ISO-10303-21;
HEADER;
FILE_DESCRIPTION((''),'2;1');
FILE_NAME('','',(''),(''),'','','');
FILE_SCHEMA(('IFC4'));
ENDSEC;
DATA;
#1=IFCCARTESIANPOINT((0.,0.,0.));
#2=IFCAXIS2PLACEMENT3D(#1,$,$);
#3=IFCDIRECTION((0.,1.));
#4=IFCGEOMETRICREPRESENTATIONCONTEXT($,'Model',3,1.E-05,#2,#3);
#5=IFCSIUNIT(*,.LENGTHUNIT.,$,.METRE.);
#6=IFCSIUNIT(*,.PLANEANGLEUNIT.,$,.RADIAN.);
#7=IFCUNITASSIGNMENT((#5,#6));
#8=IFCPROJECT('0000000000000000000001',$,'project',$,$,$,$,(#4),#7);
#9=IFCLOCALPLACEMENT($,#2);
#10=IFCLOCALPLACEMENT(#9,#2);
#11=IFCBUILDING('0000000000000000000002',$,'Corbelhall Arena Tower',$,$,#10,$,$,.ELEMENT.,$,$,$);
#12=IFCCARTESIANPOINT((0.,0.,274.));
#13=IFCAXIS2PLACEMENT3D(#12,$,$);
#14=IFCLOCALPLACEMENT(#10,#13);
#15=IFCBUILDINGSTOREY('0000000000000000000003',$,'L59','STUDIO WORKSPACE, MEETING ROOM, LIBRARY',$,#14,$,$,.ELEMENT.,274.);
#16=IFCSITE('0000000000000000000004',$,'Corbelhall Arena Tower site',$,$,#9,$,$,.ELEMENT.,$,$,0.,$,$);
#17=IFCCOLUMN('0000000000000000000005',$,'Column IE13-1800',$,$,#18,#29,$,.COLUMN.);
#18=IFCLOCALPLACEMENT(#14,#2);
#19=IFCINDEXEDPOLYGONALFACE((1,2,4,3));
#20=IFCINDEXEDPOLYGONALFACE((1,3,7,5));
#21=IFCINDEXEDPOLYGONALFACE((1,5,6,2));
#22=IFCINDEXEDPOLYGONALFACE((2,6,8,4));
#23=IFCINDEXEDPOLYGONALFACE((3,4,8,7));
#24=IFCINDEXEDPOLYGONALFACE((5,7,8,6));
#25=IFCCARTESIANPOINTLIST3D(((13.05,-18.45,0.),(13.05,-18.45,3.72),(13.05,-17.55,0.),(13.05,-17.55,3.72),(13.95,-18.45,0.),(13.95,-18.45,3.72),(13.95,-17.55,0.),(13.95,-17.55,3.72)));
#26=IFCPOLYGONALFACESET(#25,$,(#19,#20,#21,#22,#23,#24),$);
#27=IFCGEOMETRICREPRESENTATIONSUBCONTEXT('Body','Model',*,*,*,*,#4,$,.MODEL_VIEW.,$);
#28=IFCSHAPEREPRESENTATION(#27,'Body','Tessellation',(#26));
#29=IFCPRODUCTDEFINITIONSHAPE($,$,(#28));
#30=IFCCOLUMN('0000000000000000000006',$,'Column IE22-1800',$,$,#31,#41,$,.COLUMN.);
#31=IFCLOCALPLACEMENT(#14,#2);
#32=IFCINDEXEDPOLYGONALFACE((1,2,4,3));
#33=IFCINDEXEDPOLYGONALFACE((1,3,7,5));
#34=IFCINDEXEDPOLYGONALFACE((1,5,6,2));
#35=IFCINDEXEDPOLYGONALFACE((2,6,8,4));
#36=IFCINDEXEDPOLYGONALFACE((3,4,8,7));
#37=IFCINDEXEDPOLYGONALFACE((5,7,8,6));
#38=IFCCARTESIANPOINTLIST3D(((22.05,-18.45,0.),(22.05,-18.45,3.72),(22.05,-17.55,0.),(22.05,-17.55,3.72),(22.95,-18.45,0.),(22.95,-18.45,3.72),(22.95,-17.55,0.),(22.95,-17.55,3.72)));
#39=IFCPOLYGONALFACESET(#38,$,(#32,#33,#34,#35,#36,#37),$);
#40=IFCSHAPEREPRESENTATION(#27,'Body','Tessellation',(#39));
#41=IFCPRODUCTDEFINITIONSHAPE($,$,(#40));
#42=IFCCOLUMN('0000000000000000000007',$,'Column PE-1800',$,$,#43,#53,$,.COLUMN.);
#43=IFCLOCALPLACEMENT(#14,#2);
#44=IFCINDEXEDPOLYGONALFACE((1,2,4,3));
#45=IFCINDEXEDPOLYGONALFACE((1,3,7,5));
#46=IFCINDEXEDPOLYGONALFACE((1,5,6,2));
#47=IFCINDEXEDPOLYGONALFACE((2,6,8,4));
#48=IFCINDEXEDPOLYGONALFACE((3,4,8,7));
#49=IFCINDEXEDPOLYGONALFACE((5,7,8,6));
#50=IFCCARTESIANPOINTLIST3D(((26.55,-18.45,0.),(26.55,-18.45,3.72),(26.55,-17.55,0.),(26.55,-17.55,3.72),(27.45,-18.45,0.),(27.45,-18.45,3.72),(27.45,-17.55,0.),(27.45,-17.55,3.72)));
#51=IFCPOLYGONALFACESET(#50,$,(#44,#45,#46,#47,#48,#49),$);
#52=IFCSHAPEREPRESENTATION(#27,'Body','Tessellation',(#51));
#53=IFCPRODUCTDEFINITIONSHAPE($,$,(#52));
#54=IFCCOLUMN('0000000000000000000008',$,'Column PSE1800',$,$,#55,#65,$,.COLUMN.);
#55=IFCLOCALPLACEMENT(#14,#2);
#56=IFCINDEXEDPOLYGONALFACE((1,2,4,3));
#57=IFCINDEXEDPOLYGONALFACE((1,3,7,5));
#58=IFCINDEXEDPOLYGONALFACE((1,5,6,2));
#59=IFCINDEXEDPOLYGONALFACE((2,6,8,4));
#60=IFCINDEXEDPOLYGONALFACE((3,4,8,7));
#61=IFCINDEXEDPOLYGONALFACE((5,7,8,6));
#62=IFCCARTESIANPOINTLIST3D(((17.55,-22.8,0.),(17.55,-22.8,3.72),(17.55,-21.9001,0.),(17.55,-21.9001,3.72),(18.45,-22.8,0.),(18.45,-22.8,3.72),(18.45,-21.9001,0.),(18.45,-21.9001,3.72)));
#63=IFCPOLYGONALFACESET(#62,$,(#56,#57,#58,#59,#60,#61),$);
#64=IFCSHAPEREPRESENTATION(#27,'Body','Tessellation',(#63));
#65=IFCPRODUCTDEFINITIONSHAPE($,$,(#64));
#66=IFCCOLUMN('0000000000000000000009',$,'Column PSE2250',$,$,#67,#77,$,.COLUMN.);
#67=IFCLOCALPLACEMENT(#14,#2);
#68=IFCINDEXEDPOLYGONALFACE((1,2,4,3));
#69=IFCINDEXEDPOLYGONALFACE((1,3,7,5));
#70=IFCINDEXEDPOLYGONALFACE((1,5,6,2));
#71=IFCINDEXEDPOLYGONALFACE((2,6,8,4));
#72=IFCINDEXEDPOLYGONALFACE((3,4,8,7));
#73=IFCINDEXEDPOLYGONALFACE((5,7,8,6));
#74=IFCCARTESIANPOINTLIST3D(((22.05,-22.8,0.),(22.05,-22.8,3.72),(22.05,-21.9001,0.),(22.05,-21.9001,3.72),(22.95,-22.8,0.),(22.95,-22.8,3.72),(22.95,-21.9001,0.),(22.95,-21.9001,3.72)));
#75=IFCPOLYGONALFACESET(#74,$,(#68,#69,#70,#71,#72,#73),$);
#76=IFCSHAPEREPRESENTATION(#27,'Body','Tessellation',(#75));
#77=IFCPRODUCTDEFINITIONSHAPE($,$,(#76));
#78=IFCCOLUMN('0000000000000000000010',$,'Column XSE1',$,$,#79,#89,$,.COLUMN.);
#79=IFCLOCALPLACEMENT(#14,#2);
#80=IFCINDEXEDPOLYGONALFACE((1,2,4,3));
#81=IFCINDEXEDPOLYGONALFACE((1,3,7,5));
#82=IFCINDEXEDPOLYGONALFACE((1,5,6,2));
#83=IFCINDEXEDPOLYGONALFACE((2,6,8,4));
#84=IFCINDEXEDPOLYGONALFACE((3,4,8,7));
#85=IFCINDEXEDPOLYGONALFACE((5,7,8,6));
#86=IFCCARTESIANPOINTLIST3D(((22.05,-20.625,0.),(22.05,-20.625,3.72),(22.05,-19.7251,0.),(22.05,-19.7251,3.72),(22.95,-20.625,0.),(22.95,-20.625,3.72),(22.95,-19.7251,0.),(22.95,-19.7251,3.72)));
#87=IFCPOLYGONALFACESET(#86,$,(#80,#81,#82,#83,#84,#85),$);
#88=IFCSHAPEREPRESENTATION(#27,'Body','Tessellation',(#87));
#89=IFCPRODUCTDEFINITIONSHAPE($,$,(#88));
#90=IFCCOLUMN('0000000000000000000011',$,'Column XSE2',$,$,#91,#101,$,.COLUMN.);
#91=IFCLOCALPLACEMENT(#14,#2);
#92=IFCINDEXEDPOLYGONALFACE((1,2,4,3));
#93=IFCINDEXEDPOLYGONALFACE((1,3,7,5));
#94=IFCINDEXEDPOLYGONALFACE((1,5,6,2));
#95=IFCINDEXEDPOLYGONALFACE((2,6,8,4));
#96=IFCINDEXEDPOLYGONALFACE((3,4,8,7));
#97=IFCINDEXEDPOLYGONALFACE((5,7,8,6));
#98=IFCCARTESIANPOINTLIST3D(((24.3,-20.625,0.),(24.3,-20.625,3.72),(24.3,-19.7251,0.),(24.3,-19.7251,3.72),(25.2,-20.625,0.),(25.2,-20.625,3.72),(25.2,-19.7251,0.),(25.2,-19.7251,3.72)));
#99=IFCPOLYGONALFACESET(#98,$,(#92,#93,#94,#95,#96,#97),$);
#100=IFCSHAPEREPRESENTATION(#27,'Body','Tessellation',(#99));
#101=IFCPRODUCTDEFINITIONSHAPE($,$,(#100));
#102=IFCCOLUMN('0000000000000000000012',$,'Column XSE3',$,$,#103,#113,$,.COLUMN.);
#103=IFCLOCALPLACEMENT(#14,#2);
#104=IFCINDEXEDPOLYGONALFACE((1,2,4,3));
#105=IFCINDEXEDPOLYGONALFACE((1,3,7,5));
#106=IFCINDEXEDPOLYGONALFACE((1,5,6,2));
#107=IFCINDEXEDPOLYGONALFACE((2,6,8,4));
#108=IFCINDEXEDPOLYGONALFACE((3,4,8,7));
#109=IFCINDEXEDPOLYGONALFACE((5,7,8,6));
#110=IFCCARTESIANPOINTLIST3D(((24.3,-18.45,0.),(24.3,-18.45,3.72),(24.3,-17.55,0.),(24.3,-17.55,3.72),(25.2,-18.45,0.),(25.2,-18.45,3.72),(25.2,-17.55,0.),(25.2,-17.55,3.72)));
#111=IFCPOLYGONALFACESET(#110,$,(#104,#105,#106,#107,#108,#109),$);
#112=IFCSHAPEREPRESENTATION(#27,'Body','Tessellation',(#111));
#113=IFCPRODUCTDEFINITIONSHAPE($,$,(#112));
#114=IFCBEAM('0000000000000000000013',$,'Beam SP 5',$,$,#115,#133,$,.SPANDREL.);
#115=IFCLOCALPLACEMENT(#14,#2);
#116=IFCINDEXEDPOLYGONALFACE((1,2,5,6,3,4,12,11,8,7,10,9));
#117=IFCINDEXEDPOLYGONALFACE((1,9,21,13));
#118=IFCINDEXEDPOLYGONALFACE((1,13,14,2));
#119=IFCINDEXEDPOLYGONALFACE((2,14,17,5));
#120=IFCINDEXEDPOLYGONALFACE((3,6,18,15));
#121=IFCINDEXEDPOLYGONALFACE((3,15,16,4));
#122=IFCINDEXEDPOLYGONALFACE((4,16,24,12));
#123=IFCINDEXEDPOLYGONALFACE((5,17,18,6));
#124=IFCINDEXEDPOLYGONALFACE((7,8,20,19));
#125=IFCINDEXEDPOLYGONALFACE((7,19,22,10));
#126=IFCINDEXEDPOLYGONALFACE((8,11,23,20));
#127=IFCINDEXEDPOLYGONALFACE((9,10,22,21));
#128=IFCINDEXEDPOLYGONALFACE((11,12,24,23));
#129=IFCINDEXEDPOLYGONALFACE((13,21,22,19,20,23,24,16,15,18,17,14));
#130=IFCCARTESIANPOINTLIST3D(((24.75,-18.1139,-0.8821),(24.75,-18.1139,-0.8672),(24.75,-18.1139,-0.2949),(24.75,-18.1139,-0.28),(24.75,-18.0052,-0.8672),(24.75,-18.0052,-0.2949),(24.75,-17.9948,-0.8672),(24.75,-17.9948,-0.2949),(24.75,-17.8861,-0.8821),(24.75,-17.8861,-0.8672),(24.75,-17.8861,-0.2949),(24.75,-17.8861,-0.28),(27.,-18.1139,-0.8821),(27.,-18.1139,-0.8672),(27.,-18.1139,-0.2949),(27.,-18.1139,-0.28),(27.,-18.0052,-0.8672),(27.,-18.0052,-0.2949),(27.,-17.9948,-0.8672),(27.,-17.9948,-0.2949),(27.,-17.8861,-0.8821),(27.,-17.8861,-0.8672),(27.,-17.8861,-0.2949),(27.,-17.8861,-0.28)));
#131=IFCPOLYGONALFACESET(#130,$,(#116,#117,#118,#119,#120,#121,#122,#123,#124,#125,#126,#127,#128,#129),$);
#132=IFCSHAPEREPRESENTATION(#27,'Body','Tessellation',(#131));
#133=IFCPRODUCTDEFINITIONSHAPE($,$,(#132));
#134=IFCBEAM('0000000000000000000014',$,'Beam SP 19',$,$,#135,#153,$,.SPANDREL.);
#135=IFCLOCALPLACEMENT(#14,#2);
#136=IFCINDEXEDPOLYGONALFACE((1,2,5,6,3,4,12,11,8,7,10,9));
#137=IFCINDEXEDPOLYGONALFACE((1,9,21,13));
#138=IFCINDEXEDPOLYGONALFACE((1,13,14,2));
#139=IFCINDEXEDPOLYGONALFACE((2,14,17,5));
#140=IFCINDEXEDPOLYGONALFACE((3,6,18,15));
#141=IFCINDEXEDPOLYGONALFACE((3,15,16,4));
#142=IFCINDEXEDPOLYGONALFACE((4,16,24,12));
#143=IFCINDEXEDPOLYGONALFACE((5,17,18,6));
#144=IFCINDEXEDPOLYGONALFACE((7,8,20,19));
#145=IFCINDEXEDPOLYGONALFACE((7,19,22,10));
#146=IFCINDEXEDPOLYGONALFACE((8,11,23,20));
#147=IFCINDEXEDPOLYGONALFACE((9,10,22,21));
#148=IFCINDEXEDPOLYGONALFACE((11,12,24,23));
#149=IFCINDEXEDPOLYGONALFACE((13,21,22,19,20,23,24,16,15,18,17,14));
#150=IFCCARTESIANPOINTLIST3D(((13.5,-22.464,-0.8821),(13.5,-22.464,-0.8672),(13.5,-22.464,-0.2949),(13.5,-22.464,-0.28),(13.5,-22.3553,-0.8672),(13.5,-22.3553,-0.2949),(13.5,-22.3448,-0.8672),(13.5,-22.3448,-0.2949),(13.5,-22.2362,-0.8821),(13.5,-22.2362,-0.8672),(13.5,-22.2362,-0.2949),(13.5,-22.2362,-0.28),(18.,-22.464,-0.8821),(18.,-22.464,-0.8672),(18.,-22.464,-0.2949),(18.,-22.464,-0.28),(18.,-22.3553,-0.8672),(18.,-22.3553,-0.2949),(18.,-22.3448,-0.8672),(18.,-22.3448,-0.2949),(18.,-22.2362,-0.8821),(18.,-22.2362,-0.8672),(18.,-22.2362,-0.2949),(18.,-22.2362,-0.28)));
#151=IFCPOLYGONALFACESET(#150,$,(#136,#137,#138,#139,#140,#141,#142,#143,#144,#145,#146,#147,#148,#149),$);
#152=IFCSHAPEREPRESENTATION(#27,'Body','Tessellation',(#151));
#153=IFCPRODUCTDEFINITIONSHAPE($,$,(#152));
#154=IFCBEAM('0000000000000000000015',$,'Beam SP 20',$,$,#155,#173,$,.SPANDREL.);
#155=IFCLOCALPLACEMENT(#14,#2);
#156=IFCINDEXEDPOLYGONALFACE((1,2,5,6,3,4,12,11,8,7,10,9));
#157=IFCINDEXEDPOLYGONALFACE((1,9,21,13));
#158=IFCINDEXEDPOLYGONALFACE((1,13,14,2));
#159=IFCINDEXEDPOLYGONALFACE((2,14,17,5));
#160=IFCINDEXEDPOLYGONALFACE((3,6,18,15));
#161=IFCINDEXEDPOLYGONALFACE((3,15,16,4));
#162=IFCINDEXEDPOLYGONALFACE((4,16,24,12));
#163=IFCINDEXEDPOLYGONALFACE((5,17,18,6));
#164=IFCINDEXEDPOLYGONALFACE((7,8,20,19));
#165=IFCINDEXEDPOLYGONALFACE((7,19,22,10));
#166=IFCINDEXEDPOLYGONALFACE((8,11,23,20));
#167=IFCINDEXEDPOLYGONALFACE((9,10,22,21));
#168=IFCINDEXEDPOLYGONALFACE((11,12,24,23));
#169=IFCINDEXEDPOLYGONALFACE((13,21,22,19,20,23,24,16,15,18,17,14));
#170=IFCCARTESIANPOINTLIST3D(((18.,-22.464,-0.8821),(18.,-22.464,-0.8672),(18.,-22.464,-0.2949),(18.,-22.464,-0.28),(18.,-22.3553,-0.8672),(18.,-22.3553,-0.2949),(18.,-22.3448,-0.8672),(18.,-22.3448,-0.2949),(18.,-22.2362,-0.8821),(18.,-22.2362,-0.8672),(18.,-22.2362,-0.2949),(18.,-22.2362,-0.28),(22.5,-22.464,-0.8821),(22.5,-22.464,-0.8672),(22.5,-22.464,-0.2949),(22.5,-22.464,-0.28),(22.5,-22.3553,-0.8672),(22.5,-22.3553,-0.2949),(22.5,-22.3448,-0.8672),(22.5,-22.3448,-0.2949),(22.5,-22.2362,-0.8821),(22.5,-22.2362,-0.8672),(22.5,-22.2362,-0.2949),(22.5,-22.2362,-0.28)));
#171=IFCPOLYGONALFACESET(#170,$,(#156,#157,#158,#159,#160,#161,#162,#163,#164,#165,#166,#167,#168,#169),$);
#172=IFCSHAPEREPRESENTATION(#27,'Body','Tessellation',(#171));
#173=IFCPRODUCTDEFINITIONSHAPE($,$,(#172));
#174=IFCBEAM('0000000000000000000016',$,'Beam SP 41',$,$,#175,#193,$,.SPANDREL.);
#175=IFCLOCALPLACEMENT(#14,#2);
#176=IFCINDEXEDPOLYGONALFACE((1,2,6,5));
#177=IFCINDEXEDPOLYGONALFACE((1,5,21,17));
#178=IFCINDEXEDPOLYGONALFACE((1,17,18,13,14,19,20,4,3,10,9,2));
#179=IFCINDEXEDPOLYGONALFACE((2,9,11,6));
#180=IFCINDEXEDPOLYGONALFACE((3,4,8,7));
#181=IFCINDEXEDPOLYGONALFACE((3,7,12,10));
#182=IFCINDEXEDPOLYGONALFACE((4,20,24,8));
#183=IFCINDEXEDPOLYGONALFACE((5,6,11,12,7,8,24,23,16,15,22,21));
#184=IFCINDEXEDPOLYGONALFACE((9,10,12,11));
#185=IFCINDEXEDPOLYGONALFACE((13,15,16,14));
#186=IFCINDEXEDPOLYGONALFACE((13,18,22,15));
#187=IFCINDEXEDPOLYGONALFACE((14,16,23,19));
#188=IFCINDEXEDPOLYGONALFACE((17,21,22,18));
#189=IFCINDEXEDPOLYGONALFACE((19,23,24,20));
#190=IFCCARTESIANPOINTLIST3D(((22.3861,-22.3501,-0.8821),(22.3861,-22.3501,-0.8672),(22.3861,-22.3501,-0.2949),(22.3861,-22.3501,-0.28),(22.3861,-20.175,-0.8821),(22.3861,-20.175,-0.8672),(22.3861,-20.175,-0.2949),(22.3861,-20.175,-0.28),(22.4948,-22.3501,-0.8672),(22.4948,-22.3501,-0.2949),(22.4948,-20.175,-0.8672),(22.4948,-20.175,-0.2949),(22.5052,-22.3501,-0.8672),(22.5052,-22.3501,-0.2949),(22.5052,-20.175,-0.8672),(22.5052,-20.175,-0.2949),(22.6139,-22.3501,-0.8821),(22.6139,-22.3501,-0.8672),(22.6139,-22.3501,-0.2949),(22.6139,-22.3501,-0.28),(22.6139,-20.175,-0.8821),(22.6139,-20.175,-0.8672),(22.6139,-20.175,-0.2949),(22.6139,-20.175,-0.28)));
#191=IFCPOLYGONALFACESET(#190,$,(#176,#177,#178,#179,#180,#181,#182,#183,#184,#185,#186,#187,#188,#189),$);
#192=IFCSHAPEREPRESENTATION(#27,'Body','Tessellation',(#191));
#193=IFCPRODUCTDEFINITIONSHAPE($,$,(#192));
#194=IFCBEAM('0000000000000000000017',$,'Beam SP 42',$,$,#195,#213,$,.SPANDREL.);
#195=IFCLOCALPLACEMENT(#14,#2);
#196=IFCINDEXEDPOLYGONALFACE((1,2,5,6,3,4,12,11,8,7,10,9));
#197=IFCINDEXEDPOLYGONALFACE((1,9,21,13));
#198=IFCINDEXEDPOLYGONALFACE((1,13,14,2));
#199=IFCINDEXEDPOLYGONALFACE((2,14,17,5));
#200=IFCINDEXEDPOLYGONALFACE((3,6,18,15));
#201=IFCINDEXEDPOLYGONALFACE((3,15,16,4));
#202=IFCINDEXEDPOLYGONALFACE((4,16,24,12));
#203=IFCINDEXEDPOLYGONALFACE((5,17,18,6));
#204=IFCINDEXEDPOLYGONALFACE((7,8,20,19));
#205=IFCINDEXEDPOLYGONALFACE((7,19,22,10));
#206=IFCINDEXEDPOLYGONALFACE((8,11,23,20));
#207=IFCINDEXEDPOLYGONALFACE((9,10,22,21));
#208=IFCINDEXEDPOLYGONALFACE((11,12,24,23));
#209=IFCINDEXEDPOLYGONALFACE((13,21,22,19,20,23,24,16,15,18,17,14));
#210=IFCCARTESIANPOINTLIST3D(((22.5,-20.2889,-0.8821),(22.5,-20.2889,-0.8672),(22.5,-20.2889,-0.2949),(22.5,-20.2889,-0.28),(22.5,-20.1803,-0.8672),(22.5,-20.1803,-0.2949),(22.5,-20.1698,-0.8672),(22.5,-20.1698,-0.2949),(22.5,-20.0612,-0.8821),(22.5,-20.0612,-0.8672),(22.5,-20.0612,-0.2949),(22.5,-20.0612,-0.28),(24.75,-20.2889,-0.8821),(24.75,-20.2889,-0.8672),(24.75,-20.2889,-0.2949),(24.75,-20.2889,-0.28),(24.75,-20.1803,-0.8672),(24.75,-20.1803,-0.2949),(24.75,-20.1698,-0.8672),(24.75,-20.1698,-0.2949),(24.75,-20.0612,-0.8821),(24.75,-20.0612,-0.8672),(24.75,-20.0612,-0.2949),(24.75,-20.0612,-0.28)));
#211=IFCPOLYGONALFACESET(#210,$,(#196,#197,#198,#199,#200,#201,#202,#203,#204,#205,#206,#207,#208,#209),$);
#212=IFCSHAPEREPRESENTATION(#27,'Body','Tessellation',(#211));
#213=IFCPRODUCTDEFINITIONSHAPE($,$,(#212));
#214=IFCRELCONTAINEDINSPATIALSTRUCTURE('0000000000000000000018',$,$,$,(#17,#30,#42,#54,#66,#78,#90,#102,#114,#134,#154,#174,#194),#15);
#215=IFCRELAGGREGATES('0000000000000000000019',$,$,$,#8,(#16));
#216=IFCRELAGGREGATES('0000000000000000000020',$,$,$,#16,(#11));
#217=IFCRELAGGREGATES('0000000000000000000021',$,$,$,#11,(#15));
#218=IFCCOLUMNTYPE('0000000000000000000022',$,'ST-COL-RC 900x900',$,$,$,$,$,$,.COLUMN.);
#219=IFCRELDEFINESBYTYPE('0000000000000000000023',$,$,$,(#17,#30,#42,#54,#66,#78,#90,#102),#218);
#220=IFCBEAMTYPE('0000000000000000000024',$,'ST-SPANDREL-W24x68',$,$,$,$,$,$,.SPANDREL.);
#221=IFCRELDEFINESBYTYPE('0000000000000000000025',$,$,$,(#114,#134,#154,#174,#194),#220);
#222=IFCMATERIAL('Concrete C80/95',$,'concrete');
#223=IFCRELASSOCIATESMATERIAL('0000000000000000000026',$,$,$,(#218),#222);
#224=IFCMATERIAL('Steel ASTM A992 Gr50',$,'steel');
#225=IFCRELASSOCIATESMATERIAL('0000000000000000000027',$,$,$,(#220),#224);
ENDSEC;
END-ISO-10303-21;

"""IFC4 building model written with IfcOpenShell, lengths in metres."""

from ifc_helpers import new_model, si_unit, direction, frame, origin, origin_2d, place, context, subcontext, project, spatial, rectangle, i_section, extrude, material, material_profile, profile_set, type_object, element, save


model = new_model("IFC4")

# Units and contexts
model_context = context("Model", 3, precision=1e-05, world=origin(), true_north=direction((0.0, 1.0)))
body_context = subcontext(model_context, "Body", "Model", "MODEL_VIEW")
ifc_project = project(units=[si_unit("LENGTHUNIT", "METRE"), si_unit("PLANEANGLEUNIT", "RADIAN")], contexts=[model_context])

# Site, building, storey
site_placement = place(None, origin())
site = spatial("IfcSite", under=ifc_project, at=site_placement, Name="Corbelhall Arena Tower site", CompositionType="ELEMENT", RefElevation=0.0)
building_placement = place(site_placement, origin())
building = spatial("IfcBuilding", under=site, at=building_placement, Name="Corbelhall Arena Tower", CompositionType="ELEMENT")
storey_placement = place(building_placement, frame((0.0, 0.0, 274.0)))
storey = spatial("IfcBuildingStorey", under=building, at=storey_placement, Name="L59", Description="STUDIO WORKSPACE, MEETING ROOM, LIBRARY", CompositionType="ELEMENT", Elevation=274.0)

# Columns
ifc_material_1 = material(Name="Concrete C80/95", Category="concrete")
ifc_material_profile_1 = material_profile(ifc_material_1, rectangle(XDim=0.8999, YDim=0.8999, at=origin_2d()))
ifc_profile_set_1 = profile_set([ifc_material_profile_1], Name="Concrete C80/95")
column_type = type_object("IfcColumnType", Name="ST-COL-RC 900x900", PredefinedType="COLUMN", material=ifc_profile_set_1)
for number, where, z_axis, x_axis, name in (
    (1, (13.5, -18.0, 0.0), (0.0, 0.0, 1.0), (1.0, 0.0, 0.0), "Column IE13-1800"),
    (2, (22.5, -18.0, 0.0), (0.0, 0.0, 1.0), (1.0, 0.0, 0.0), "Column IE22-1800"),
    (3, (27.0, -18.0, 0.0), (0.0, 0.0, 1.0), (0.0, 1.0, 0.0), "Column PE-1800"),
    (4, (18.0, -22.3501, 0.0), (0.0, 0.0, 1.0), (1.0, 0.0, 0.0), "Column PSE1800"),
    (5, (22.5, -22.3501, 0.0), (0.0, 0.0, 1.0), (1.0, 0.0, 0.0), "Column PSE2250"),
    (6, (22.5, -20.175, 0.0), (0.0, 0.0, 1.0), (1.0, 0.0, 0.0), "Column XSE1"),
    (7, (24.75, -20.175, 0.0), (0.0, 0.0, 1.0), (1.0, 0.0, 0.0), "Column XSE2"),
    (8, (24.75, -18.0, 0.0), (0.0, 0.0, 1.0), (1.0, 0.0, 0.0), "Column XSE3"),
):
    element("IfcColumn", number, at=place(storey_placement, frame(where, z_axis=z_axis, x_axis=x_axis)), inside=storey, type_object=column_type, Name=name, PredefinedType="COLUMN", context=body_context, shape_type="SweptSolid", body=[
        extrude(rectangle(XDim=0.8999, YDim=0.8999, at=origin_2d()), origin(), (0.0, 0.0, 1.0), 3.72),
    ])

# Beams
ifc_material_2 = material(Name="Steel ASTM A992 Gr50", Category="steel")
ifc_material_profile_2 = material_profile(ifc_material_2, i_section(OverallWidth=0.2278, OverallDepth=0.6021, WebThickness=0.0105, FlangeThickness=0.0149, at=origin_2d()))
ifc_profile_set_2 = profile_set([ifc_material_profile_2], Name="Steel ASTM A992 Gr50")
beam_type = type_object("IfcBeamType", Name="ST-SPANDREL-W24x68", PredefinedType="SPANDREL", material=ifc_profile_set_2)
beam_1_placement = place(storey_placement, frame((27.0, -18.0, -0.5811), z_axis=(-1.0, 0.0, 0.0), x_axis=(0.0, -1.0, 0.0)))
element("IfcBeam", 9, at=beam_1_placement, inside=storey, type_object=beam_type, Name="Beam SP 5", PredefinedType="SPANDREL", context=body_context, shape_type="SweptSolid", body=[
    extrude(i_section(OverallWidth=0.2278, OverallDepth=0.6021, WebThickness=0.0105, FlangeThickness=0.0149, at=origin_2d()), origin(), (0.0, 0.0, 1.0), 2.25),
])
for number, where, z_axis, x_axis, name in (
    (10, (18.0, -22.3501, -0.5811), (-1.0, 0.0, 0.0), (0.0, -1.0, 0.0), "Beam SP 19"),
    (11, (22.5, -22.3501, -0.5811), (-1.0, 0.0, 0.0), (0.0, -1.0, 0.0), "Beam SP 20"),
):
    element("IfcBeam", number, at=place(storey_placement, frame(where, z_axis=z_axis, x_axis=x_axis)), inside=storey, type_object=beam_type, Name=name, PredefinedType="SPANDREL", context=body_context, shape_type="SweptSolid", body=[
        extrude(i_section(OverallWidth=0.2278, OverallDepth=0.6021, WebThickness=0.0105, FlangeThickness=0.0149, at=origin_2d()), origin(), (0.0, 0.0, 1.0), 4.5),
    ])
beam_2_placement = place(storey_placement, frame((22.5, -20.175, -0.5811), z_axis=(0.0, -1.0, 0.0), x_axis=(1.0, 0.0, 0.0)))
element("IfcBeam", 12, at=beam_2_placement, inside=storey, type_object=beam_type, Name="Beam SP 41", PredefinedType="SPANDREL", context=body_context, shape_type="SweptSolid", body=[
    extrude(i_section(OverallWidth=0.2278, OverallDepth=0.6021, WebThickness=0.0105, FlangeThickness=0.0149, at=origin_2d()), origin(), (0.0, 0.0, 1.0), 2.175),
])
beam_3_placement = place(storey_placement, frame((24.75, -20.175, -0.5811), z_axis=(-1.0, 0.0, 0.0), x_axis=(0.0, -1.0, 0.0)))
element("IfcBeam", 13, at=beam_3_placement, inside=storey, type_object=beam_type, Name="Beam SP 42", PredefinedType="SPANDREL", context=body_context, shape_type="SweptSolid", body=[
    extrude(i_section(OverallWidth=0.2278, OverallDepth=0.6021, WebThickness=0.0105, FlangeThickness=0.0149, at=origin_2d()), origin(), (0.0, 0.0, 1.0), 2.25),
])

save(model, "model.ifc")
